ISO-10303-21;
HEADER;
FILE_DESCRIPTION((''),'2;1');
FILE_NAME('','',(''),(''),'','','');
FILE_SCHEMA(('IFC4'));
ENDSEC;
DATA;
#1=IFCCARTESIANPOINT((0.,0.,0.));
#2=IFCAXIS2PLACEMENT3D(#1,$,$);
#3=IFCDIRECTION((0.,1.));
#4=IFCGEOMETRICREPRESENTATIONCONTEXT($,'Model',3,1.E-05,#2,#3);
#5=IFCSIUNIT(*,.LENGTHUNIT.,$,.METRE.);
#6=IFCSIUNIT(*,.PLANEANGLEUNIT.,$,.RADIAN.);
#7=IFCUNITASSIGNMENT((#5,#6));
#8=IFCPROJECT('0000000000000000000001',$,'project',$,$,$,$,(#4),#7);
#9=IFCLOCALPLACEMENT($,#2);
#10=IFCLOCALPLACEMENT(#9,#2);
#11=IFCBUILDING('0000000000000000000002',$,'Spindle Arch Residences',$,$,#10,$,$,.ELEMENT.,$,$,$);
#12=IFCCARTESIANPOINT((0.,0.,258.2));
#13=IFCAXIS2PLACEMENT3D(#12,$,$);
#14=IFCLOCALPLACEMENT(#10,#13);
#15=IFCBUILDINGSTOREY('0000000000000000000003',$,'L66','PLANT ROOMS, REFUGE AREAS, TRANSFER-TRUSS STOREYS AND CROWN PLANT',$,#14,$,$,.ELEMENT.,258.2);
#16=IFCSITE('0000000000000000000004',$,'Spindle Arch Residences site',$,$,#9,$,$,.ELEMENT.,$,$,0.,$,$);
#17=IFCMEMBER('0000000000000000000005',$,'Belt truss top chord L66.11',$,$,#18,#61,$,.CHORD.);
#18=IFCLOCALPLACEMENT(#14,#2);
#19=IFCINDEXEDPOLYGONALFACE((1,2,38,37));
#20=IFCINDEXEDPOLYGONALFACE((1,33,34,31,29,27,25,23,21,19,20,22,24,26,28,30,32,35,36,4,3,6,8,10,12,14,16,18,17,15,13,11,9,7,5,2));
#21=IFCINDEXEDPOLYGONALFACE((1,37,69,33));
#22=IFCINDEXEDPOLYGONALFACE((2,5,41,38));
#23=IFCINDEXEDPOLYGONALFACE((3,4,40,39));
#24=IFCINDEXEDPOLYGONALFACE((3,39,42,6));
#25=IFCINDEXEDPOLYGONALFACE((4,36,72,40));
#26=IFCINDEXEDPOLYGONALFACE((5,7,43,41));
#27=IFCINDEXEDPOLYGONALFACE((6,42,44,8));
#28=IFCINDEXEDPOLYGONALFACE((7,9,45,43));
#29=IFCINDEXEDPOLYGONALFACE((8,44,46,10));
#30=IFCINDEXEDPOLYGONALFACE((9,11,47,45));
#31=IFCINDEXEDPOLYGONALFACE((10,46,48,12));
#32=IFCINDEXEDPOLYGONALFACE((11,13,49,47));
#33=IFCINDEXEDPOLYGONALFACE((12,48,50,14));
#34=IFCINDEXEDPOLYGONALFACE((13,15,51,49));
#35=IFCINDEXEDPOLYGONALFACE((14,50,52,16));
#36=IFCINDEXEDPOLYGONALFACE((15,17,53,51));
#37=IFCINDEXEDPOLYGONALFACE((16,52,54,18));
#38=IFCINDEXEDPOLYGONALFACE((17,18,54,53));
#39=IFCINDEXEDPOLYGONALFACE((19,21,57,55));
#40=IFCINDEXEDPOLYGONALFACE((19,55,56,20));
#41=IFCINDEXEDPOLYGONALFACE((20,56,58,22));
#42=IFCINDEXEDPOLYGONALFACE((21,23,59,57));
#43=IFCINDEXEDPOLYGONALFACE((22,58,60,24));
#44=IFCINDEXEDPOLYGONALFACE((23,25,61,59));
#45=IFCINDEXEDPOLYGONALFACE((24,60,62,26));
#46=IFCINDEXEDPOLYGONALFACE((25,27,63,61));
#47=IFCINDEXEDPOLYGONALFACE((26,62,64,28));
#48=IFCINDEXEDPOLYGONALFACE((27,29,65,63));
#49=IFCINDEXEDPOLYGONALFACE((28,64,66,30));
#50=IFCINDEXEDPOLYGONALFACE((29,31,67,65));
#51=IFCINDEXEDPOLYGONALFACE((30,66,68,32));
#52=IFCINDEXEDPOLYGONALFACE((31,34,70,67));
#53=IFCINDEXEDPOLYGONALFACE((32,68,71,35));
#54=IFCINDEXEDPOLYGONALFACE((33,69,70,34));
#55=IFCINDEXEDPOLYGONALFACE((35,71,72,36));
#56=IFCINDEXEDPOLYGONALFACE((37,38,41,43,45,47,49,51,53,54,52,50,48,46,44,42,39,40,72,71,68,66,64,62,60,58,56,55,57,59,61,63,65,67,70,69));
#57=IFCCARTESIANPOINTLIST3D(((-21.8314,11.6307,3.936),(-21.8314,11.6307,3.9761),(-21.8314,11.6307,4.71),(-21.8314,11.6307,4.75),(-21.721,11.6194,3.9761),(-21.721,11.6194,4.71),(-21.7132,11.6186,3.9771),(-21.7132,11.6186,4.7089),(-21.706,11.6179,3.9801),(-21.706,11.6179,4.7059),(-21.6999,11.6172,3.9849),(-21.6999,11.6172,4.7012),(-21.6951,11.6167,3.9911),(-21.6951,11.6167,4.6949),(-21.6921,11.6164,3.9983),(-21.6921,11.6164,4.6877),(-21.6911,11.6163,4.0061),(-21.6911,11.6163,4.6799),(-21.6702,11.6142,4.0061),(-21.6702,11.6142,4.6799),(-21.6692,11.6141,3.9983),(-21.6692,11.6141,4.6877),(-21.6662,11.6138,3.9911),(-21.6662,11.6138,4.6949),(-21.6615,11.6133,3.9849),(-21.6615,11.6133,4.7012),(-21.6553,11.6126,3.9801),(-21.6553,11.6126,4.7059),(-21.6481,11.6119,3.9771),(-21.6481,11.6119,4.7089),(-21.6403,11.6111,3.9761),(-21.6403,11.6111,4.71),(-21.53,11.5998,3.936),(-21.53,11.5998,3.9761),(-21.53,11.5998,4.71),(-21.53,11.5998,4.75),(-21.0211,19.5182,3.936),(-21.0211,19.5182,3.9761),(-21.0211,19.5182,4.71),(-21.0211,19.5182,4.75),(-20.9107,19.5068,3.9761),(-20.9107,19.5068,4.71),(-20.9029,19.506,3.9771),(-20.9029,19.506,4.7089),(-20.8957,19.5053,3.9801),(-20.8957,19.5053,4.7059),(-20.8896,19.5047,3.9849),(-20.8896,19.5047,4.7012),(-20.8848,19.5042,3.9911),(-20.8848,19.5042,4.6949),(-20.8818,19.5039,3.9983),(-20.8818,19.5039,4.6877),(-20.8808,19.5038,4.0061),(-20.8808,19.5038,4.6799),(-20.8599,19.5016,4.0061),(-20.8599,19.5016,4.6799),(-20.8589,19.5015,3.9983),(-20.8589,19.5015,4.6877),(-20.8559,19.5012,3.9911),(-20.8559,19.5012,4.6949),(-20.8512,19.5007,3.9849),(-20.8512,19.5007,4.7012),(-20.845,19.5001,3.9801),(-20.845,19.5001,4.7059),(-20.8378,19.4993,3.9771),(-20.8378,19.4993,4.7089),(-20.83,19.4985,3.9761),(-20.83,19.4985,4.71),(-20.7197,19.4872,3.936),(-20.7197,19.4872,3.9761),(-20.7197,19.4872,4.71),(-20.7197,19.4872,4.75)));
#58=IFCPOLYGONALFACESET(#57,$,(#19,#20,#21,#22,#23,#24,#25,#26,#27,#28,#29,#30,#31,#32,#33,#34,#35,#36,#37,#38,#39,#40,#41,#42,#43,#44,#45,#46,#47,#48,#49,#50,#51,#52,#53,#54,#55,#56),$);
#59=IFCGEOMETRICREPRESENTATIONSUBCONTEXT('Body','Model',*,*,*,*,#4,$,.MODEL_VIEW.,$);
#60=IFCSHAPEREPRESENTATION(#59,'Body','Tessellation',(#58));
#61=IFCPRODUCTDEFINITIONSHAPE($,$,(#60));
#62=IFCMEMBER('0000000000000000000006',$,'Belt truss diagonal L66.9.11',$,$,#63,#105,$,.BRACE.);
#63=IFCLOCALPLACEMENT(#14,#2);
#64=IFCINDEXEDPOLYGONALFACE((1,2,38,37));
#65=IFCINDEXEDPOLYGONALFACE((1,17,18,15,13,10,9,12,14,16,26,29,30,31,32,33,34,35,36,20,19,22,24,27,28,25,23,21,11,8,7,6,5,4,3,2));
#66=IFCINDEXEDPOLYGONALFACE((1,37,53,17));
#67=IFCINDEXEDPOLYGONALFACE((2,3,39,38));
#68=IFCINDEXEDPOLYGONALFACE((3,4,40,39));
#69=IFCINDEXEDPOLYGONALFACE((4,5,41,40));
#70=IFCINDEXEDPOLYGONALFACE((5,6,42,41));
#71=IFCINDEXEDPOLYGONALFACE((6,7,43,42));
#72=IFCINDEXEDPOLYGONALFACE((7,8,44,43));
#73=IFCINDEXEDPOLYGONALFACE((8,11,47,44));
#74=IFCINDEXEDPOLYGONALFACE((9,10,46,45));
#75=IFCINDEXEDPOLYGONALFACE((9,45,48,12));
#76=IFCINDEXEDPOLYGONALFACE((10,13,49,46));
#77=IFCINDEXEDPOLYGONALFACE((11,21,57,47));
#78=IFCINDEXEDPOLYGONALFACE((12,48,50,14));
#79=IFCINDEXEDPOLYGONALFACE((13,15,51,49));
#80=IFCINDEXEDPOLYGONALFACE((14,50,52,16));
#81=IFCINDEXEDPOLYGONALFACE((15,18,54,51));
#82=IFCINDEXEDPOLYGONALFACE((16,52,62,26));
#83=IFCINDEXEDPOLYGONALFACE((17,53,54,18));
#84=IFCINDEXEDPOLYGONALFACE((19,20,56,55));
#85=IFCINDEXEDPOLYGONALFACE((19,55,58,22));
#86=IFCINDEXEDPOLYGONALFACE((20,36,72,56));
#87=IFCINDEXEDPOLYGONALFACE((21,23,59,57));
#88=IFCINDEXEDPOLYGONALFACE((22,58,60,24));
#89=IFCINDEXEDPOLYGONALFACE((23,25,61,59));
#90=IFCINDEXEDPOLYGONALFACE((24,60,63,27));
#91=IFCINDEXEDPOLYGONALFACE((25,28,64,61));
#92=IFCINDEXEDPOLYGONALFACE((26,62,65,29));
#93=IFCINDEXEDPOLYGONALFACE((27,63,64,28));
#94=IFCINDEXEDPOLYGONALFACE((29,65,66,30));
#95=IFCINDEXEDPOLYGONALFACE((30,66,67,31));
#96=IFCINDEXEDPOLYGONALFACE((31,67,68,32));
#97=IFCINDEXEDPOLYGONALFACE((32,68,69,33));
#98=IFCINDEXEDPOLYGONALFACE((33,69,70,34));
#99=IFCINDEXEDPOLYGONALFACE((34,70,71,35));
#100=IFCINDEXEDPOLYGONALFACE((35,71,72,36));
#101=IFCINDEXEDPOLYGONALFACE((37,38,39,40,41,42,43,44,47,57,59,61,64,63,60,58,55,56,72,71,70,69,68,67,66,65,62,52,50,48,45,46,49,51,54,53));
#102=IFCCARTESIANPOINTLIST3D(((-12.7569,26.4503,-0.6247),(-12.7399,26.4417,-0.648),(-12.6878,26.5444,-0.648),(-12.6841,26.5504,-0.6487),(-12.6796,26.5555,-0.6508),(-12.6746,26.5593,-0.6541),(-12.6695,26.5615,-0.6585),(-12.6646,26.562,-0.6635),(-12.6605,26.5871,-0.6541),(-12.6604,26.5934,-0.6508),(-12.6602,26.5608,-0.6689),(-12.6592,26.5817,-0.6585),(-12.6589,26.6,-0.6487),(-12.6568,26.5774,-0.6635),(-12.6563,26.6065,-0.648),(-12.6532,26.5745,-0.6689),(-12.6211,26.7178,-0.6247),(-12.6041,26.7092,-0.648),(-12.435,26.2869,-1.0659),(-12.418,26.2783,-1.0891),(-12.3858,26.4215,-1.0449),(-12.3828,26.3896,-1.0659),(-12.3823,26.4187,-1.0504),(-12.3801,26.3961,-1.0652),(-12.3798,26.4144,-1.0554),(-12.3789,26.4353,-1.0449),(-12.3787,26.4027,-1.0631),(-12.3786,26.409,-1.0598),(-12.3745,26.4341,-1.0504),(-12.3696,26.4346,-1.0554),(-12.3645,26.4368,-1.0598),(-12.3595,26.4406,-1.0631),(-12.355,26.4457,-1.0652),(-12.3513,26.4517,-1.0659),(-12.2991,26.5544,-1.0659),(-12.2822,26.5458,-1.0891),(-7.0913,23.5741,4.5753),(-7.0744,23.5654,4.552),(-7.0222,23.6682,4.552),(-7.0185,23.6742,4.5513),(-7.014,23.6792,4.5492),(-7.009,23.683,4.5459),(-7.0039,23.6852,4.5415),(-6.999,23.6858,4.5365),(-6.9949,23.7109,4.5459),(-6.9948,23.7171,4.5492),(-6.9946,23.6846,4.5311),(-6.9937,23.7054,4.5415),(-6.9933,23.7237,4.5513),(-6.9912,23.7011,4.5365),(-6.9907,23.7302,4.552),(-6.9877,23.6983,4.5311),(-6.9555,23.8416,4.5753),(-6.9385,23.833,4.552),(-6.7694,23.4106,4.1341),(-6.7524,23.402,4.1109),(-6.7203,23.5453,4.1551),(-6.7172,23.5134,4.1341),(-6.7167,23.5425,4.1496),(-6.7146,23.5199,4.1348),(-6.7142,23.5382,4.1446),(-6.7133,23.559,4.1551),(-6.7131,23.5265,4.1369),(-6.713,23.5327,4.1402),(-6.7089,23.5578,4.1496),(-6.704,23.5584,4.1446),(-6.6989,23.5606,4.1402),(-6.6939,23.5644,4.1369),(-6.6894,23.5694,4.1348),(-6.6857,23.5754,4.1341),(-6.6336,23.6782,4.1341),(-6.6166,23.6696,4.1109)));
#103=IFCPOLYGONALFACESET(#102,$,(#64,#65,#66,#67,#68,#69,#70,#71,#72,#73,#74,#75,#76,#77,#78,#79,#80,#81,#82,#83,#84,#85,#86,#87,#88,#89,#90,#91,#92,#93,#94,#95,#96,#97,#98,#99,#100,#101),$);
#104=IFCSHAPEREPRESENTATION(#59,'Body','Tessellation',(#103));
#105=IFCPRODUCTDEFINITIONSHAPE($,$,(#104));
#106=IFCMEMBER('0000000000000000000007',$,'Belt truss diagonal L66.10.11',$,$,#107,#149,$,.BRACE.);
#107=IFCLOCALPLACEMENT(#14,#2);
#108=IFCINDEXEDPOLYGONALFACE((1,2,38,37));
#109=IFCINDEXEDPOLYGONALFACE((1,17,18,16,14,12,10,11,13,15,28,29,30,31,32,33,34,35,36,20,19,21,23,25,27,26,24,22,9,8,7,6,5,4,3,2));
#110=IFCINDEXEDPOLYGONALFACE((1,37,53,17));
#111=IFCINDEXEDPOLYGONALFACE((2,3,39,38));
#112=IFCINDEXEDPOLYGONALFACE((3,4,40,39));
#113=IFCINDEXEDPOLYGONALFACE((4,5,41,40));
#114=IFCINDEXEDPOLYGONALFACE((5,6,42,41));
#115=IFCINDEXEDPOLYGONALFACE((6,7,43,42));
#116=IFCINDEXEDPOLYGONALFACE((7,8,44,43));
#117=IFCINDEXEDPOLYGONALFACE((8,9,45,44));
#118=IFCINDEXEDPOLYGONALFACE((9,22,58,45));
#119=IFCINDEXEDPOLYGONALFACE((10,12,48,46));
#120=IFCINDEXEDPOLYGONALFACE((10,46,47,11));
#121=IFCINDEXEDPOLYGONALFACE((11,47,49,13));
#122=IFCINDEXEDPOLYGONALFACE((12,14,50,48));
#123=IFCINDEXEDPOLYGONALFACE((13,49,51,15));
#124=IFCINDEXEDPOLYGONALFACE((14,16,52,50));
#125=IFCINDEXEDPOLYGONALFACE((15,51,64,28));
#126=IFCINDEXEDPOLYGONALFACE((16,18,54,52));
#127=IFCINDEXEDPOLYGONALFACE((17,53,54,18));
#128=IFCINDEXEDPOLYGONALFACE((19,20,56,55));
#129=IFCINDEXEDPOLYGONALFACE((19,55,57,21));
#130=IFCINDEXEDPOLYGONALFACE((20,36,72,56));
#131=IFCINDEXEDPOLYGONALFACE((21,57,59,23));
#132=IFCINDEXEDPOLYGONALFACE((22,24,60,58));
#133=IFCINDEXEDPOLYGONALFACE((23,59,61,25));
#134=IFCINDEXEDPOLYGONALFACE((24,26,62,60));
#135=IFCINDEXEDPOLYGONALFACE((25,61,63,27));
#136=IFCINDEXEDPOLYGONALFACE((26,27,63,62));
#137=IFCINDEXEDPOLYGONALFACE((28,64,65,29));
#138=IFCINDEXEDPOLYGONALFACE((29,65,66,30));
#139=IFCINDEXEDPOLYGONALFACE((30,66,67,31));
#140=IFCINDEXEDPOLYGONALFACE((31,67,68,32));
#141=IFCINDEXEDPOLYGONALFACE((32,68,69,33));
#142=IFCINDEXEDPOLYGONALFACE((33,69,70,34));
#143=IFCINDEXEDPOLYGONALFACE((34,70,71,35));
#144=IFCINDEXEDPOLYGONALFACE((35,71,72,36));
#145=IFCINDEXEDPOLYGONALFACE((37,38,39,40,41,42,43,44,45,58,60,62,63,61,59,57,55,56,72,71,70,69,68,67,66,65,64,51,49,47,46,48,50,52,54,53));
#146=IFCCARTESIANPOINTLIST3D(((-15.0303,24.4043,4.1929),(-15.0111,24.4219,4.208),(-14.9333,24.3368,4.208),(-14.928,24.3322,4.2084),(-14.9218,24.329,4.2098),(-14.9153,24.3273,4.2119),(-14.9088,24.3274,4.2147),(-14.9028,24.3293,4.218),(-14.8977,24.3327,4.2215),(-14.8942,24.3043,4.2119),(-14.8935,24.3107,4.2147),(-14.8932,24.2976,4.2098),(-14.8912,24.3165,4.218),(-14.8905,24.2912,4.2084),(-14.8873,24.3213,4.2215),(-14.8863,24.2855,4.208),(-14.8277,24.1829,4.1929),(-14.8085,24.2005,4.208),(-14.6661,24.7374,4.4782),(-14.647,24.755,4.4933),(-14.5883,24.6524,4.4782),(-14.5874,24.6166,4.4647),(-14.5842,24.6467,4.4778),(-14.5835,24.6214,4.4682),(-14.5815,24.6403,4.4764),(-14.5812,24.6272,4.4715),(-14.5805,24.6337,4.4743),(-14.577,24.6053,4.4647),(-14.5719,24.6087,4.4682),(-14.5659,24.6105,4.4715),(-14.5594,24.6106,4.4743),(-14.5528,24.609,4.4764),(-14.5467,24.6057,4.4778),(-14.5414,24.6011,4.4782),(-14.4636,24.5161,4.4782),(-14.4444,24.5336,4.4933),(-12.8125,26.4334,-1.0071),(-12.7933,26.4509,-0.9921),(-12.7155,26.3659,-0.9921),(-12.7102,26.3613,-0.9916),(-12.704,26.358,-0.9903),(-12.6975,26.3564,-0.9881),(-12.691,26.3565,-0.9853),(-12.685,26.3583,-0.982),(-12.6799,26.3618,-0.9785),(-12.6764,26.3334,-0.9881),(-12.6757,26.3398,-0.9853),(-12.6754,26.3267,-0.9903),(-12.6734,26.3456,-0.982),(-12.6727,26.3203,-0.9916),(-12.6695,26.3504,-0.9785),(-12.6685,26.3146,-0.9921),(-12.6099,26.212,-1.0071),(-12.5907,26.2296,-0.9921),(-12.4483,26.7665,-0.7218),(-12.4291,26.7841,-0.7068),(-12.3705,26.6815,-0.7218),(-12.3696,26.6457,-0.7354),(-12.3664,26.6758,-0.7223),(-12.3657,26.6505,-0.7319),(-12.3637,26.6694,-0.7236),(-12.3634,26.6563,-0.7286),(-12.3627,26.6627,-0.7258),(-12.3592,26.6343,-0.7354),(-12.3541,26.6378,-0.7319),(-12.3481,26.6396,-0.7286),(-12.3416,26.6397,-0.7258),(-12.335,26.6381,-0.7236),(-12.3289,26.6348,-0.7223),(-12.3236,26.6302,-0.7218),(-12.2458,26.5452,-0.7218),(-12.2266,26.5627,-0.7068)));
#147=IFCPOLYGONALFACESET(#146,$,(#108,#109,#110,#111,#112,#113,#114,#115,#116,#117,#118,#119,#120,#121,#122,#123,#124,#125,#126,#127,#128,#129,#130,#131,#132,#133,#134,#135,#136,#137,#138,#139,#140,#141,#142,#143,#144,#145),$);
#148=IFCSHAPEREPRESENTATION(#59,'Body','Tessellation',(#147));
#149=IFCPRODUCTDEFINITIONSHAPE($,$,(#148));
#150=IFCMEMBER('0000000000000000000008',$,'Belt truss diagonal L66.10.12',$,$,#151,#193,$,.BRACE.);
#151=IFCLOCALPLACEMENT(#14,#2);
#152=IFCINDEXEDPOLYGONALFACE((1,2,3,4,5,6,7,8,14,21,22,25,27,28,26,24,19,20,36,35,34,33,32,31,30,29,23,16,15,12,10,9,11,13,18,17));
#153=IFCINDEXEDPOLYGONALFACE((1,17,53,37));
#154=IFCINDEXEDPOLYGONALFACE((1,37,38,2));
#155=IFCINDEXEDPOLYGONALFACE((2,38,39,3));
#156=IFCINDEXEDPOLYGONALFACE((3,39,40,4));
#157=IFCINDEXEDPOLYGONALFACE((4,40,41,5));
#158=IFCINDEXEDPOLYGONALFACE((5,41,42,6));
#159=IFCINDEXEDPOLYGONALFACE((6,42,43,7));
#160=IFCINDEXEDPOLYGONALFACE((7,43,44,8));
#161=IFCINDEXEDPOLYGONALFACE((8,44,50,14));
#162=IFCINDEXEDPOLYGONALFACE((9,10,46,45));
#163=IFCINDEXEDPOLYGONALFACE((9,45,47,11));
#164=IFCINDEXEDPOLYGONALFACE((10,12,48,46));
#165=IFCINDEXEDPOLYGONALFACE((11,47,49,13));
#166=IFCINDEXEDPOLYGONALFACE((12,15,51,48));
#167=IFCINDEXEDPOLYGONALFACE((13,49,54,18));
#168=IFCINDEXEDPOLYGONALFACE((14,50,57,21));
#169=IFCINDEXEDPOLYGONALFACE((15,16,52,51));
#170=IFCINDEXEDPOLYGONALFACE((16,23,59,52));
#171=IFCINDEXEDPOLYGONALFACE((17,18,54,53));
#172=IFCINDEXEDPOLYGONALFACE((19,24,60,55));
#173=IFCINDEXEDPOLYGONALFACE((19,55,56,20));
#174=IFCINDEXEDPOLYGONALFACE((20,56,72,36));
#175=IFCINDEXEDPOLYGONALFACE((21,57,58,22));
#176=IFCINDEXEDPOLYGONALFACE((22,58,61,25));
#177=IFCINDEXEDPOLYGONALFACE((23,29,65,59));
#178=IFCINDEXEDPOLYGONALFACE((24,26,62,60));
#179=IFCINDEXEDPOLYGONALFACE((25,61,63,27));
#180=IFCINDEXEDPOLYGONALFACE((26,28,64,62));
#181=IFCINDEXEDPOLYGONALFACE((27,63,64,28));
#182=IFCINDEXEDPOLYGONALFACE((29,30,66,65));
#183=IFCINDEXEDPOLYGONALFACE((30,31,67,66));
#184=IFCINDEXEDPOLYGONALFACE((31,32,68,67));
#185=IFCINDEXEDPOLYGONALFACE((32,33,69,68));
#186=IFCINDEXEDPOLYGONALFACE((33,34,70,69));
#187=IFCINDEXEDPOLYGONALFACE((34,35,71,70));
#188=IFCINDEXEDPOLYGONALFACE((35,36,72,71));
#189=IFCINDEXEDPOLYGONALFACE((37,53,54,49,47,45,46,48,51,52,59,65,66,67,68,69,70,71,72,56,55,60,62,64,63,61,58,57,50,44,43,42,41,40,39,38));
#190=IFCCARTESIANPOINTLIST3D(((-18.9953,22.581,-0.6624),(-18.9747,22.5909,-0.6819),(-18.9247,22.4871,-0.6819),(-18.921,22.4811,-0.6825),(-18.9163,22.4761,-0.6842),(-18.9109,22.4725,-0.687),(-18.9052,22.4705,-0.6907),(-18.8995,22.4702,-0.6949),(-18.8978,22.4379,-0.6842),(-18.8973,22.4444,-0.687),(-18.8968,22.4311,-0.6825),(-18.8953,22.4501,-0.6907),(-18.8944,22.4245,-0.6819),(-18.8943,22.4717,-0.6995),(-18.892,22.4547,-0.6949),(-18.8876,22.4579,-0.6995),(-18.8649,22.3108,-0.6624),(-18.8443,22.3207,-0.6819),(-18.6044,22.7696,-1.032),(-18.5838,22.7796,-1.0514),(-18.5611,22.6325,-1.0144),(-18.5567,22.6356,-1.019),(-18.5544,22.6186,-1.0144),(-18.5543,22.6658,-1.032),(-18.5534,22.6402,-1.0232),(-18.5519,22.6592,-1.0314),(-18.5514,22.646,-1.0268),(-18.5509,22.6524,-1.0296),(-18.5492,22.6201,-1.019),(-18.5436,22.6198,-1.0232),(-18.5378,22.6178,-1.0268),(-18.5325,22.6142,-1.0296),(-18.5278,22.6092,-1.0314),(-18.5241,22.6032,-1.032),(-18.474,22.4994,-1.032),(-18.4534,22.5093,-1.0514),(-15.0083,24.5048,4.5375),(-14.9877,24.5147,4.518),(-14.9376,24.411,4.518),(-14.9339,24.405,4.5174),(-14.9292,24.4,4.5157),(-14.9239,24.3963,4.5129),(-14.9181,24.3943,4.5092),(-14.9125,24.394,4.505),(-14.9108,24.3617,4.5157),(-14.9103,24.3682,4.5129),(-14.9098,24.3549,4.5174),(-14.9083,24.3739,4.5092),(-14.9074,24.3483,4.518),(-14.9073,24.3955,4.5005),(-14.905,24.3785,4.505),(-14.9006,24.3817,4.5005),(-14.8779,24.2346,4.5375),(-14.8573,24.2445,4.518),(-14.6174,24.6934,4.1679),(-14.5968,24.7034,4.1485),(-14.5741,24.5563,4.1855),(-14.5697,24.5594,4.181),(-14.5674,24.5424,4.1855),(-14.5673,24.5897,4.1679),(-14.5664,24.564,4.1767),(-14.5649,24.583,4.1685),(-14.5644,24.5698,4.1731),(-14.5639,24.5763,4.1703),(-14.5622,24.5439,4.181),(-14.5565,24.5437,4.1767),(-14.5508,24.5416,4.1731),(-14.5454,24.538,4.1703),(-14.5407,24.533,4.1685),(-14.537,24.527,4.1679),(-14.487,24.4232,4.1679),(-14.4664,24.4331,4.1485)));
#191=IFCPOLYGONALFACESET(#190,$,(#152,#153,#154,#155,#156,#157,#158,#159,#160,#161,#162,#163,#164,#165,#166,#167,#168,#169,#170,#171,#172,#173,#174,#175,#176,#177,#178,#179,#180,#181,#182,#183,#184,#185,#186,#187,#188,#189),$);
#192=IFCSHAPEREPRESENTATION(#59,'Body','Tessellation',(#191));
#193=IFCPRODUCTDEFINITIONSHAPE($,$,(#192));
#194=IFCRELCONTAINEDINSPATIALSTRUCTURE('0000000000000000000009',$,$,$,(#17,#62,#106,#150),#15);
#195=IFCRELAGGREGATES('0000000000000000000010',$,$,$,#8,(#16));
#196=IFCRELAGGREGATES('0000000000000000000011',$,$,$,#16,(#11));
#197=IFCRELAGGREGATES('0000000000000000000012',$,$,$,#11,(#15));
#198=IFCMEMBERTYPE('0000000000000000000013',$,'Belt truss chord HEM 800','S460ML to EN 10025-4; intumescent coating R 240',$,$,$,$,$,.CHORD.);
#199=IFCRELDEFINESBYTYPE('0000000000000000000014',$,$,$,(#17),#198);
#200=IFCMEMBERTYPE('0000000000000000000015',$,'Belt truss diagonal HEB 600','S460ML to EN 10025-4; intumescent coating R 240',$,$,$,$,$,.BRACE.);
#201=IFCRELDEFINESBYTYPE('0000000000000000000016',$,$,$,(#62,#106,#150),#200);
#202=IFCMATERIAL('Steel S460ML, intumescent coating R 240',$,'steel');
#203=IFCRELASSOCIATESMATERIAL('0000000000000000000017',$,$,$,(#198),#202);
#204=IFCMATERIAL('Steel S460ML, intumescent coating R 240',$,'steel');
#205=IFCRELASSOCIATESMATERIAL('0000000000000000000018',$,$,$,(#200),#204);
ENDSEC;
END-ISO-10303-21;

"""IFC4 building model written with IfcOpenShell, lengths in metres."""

from ifc_helpers import new_model, si_unit, direction, frame, origin, origin_2d, place, context, subcontext, project, spatial, i_section, extrude, material, material_profile, profile_set, type_object, element, save


model = new_model("IFC4")

# Units and contexts
model_context = context("Model", 3, precision=1e-05, world=origin(), true_north=direction((0.0, 1.0)))
body_context = subcontext(model_context, "Body", "Model", "MODEL_VIEW")
ifc_project = project(units=[si_unit("LENGTHUNIT", "METRE"), si_unit("PLANEANGLEUNIT", "RADIAN")], contexts=[model_context])

# Site, building, storey
site_placement = place(None, origin())
site = spatial("IfcSite", under=ifc_project, at=site_placement, Name="Spindle Arch Residences site", CompositionType="ELEMENT", RefElevation=0.0)
building_placement = place(site_placement, origin())
building = spatial("IfcBuilding", under=site, at=building_placement, Name="Spindle Arch Residences", CompositionType="ELEMENT")
storey_placement = place(building_placement, frame((0.0, 0.0, 258.2)))
storey = spatial("IfcBuildingStorey", under=building, at=storey_placement, Name="L66", Description="PLANT ROOMS, REFUGE AREAS, TRANSFER-TRUSS STOREYS AND CROWN PLANT", CompositionType="ELEMENT", Elevation=258.2)

# Members
ifc_material_1 = material(Name="Steel S460ML, intumescent coating R 240", Category="steel")
ifc_material_profile_1 = material_profile(ifc_material_1, i_section(OverallWidth=0.303, OverallDepth=0.814, WebThickness=0.021, FlangeThickness=0.04, FilletRadius=0.03, at=origin_2d()), Name="HEM 800")
ifc_profile_set_1 = profile_set([ifc_material_profile_1], Name="Steel S460ML, intumescent coating R 240")
member_type_1 = type_object("IfcMemberType", Name="Belt truss chord HEM 800", Description="S460ML to EN 10025-4; intumescent coating R 240", PredefinedType="CHORD", material=ifc_profile_set_1)
member_1_placement = place(storey_placement, frame((-20.8704, 19.5027, 4.343), z_axis=(-0.102195, -0.994764, 0.0), x_axis=(0.994764, -0.102195, 0.0)))
element("IfcMember", 1, at=member_1_placement, inside=storey, type_object=member_type_1, Name="Belt truss top chord L66.11", PredefinedType="CHORD", context=body_context, shape_type="SweptSolid", body=[
    extrude(i_section(OverallWidth=0.303, OverallDepth=0.814, WebThickness=0.021, FlangeThickness=0.04, FilletRadius=0.03, at=origin_2d()), origin(), (0.0, 0.0, 1.0), 7.929),
])
ifc_material_2 = material(Name="Steel S460ML, intumescent coating R 240", Category="steel")
ifc_material_profile_2 = material_profile(ifc_material_2, i_section(OverallWidth=0.3, OverallDepth=0.6001, WebThickness=0.0154, FlangeThickness=0.03, FilletRadius=0.0271, at=origin_2d()), Name="HEB 600")
ifc_profile_set_2 = profile_set([ifc_material_profile_2], Name="Steel S460ML, intumescent coating R 240")
member_type_2 = type_object("IfcMemberType", Name="Belt truss diagonal HEB 600", Description="S460ML to EN 10025-4; intumescent coating R 240", PredefinedType="BRACE", material=ifc_profile_set_2)
member_2_placement = place(storey_placement, frame((-12.5195, 26.498, -0.8569), z_axis=(0.690044, -0.350315, 0.633339), x_axis=(0.452677, 0.891675, 0.0)))
element("IfcMember", 2, at=member_2_placement, inside=storey, type_object=member_type_2, Name="Belt truss diagonal L66.9.11", PredefinedType="BRACE", context=body_context, shape_type="SweptSolid", body=[
    extrude(i_section(OverallWidth=0.3, OverallDepth=0.6001, WebThickness=0.0154, FlangeThickness=0.03, FilletRadius=0.0271, at=origin_2d()), origin(), (0.0, 0.0, 1.0), 8.2104),
])
member_3_placement = place(storey_placement, frame((-12.5195, 26.498, -0.8569), z_axis=(-0.369244, -0.337823, 0.865756), x_axis=(0.675018, -0.737801, 0.0)))
element("IfcMember", 3, at=member_3_placement, inside=storey, type_object=member_type_2, Name="Belt truss diagonal L66.10.11", PredefinedType="BRACE", context=body_context, shape_type="SweptSolid", body=[
    extrude(i_section(OverallWidth=0.3, OverallDepth=0.6001, WebThickness=0.0154, FlangeThickness=0.03, FilletRadius=0.0271, at=origin_2d()), origin(), (0.0, 0.0, 1.0), 6.0063),
])
member_4_placement = place(storey_placement, frame((-18.7244, 22.5452, -0.8569), z_axis=(0.58383, 0.281708, 0.761435), x_axis=(-0.434573, 0.900636, 0.0)))
element("IfcMember", 4, at=member_4_placement, inside=storey, type_object=member_type_2, Name="Belt truss diagonal L66.10.12", PredefinedType="BRACE", context=body_context, shape_type="SweptSolid", body=[
    extrude(i_section(OverallWidth=0.3, OverallDepth=0.6001, WebThickness=0.0154, FlangeThickness=0.03, FilletRadius=0.0271, at=origin_2d()), origin(), (0.0, 0.0, 1.0), 6.8291),
])

save(model, "model.ifc")
